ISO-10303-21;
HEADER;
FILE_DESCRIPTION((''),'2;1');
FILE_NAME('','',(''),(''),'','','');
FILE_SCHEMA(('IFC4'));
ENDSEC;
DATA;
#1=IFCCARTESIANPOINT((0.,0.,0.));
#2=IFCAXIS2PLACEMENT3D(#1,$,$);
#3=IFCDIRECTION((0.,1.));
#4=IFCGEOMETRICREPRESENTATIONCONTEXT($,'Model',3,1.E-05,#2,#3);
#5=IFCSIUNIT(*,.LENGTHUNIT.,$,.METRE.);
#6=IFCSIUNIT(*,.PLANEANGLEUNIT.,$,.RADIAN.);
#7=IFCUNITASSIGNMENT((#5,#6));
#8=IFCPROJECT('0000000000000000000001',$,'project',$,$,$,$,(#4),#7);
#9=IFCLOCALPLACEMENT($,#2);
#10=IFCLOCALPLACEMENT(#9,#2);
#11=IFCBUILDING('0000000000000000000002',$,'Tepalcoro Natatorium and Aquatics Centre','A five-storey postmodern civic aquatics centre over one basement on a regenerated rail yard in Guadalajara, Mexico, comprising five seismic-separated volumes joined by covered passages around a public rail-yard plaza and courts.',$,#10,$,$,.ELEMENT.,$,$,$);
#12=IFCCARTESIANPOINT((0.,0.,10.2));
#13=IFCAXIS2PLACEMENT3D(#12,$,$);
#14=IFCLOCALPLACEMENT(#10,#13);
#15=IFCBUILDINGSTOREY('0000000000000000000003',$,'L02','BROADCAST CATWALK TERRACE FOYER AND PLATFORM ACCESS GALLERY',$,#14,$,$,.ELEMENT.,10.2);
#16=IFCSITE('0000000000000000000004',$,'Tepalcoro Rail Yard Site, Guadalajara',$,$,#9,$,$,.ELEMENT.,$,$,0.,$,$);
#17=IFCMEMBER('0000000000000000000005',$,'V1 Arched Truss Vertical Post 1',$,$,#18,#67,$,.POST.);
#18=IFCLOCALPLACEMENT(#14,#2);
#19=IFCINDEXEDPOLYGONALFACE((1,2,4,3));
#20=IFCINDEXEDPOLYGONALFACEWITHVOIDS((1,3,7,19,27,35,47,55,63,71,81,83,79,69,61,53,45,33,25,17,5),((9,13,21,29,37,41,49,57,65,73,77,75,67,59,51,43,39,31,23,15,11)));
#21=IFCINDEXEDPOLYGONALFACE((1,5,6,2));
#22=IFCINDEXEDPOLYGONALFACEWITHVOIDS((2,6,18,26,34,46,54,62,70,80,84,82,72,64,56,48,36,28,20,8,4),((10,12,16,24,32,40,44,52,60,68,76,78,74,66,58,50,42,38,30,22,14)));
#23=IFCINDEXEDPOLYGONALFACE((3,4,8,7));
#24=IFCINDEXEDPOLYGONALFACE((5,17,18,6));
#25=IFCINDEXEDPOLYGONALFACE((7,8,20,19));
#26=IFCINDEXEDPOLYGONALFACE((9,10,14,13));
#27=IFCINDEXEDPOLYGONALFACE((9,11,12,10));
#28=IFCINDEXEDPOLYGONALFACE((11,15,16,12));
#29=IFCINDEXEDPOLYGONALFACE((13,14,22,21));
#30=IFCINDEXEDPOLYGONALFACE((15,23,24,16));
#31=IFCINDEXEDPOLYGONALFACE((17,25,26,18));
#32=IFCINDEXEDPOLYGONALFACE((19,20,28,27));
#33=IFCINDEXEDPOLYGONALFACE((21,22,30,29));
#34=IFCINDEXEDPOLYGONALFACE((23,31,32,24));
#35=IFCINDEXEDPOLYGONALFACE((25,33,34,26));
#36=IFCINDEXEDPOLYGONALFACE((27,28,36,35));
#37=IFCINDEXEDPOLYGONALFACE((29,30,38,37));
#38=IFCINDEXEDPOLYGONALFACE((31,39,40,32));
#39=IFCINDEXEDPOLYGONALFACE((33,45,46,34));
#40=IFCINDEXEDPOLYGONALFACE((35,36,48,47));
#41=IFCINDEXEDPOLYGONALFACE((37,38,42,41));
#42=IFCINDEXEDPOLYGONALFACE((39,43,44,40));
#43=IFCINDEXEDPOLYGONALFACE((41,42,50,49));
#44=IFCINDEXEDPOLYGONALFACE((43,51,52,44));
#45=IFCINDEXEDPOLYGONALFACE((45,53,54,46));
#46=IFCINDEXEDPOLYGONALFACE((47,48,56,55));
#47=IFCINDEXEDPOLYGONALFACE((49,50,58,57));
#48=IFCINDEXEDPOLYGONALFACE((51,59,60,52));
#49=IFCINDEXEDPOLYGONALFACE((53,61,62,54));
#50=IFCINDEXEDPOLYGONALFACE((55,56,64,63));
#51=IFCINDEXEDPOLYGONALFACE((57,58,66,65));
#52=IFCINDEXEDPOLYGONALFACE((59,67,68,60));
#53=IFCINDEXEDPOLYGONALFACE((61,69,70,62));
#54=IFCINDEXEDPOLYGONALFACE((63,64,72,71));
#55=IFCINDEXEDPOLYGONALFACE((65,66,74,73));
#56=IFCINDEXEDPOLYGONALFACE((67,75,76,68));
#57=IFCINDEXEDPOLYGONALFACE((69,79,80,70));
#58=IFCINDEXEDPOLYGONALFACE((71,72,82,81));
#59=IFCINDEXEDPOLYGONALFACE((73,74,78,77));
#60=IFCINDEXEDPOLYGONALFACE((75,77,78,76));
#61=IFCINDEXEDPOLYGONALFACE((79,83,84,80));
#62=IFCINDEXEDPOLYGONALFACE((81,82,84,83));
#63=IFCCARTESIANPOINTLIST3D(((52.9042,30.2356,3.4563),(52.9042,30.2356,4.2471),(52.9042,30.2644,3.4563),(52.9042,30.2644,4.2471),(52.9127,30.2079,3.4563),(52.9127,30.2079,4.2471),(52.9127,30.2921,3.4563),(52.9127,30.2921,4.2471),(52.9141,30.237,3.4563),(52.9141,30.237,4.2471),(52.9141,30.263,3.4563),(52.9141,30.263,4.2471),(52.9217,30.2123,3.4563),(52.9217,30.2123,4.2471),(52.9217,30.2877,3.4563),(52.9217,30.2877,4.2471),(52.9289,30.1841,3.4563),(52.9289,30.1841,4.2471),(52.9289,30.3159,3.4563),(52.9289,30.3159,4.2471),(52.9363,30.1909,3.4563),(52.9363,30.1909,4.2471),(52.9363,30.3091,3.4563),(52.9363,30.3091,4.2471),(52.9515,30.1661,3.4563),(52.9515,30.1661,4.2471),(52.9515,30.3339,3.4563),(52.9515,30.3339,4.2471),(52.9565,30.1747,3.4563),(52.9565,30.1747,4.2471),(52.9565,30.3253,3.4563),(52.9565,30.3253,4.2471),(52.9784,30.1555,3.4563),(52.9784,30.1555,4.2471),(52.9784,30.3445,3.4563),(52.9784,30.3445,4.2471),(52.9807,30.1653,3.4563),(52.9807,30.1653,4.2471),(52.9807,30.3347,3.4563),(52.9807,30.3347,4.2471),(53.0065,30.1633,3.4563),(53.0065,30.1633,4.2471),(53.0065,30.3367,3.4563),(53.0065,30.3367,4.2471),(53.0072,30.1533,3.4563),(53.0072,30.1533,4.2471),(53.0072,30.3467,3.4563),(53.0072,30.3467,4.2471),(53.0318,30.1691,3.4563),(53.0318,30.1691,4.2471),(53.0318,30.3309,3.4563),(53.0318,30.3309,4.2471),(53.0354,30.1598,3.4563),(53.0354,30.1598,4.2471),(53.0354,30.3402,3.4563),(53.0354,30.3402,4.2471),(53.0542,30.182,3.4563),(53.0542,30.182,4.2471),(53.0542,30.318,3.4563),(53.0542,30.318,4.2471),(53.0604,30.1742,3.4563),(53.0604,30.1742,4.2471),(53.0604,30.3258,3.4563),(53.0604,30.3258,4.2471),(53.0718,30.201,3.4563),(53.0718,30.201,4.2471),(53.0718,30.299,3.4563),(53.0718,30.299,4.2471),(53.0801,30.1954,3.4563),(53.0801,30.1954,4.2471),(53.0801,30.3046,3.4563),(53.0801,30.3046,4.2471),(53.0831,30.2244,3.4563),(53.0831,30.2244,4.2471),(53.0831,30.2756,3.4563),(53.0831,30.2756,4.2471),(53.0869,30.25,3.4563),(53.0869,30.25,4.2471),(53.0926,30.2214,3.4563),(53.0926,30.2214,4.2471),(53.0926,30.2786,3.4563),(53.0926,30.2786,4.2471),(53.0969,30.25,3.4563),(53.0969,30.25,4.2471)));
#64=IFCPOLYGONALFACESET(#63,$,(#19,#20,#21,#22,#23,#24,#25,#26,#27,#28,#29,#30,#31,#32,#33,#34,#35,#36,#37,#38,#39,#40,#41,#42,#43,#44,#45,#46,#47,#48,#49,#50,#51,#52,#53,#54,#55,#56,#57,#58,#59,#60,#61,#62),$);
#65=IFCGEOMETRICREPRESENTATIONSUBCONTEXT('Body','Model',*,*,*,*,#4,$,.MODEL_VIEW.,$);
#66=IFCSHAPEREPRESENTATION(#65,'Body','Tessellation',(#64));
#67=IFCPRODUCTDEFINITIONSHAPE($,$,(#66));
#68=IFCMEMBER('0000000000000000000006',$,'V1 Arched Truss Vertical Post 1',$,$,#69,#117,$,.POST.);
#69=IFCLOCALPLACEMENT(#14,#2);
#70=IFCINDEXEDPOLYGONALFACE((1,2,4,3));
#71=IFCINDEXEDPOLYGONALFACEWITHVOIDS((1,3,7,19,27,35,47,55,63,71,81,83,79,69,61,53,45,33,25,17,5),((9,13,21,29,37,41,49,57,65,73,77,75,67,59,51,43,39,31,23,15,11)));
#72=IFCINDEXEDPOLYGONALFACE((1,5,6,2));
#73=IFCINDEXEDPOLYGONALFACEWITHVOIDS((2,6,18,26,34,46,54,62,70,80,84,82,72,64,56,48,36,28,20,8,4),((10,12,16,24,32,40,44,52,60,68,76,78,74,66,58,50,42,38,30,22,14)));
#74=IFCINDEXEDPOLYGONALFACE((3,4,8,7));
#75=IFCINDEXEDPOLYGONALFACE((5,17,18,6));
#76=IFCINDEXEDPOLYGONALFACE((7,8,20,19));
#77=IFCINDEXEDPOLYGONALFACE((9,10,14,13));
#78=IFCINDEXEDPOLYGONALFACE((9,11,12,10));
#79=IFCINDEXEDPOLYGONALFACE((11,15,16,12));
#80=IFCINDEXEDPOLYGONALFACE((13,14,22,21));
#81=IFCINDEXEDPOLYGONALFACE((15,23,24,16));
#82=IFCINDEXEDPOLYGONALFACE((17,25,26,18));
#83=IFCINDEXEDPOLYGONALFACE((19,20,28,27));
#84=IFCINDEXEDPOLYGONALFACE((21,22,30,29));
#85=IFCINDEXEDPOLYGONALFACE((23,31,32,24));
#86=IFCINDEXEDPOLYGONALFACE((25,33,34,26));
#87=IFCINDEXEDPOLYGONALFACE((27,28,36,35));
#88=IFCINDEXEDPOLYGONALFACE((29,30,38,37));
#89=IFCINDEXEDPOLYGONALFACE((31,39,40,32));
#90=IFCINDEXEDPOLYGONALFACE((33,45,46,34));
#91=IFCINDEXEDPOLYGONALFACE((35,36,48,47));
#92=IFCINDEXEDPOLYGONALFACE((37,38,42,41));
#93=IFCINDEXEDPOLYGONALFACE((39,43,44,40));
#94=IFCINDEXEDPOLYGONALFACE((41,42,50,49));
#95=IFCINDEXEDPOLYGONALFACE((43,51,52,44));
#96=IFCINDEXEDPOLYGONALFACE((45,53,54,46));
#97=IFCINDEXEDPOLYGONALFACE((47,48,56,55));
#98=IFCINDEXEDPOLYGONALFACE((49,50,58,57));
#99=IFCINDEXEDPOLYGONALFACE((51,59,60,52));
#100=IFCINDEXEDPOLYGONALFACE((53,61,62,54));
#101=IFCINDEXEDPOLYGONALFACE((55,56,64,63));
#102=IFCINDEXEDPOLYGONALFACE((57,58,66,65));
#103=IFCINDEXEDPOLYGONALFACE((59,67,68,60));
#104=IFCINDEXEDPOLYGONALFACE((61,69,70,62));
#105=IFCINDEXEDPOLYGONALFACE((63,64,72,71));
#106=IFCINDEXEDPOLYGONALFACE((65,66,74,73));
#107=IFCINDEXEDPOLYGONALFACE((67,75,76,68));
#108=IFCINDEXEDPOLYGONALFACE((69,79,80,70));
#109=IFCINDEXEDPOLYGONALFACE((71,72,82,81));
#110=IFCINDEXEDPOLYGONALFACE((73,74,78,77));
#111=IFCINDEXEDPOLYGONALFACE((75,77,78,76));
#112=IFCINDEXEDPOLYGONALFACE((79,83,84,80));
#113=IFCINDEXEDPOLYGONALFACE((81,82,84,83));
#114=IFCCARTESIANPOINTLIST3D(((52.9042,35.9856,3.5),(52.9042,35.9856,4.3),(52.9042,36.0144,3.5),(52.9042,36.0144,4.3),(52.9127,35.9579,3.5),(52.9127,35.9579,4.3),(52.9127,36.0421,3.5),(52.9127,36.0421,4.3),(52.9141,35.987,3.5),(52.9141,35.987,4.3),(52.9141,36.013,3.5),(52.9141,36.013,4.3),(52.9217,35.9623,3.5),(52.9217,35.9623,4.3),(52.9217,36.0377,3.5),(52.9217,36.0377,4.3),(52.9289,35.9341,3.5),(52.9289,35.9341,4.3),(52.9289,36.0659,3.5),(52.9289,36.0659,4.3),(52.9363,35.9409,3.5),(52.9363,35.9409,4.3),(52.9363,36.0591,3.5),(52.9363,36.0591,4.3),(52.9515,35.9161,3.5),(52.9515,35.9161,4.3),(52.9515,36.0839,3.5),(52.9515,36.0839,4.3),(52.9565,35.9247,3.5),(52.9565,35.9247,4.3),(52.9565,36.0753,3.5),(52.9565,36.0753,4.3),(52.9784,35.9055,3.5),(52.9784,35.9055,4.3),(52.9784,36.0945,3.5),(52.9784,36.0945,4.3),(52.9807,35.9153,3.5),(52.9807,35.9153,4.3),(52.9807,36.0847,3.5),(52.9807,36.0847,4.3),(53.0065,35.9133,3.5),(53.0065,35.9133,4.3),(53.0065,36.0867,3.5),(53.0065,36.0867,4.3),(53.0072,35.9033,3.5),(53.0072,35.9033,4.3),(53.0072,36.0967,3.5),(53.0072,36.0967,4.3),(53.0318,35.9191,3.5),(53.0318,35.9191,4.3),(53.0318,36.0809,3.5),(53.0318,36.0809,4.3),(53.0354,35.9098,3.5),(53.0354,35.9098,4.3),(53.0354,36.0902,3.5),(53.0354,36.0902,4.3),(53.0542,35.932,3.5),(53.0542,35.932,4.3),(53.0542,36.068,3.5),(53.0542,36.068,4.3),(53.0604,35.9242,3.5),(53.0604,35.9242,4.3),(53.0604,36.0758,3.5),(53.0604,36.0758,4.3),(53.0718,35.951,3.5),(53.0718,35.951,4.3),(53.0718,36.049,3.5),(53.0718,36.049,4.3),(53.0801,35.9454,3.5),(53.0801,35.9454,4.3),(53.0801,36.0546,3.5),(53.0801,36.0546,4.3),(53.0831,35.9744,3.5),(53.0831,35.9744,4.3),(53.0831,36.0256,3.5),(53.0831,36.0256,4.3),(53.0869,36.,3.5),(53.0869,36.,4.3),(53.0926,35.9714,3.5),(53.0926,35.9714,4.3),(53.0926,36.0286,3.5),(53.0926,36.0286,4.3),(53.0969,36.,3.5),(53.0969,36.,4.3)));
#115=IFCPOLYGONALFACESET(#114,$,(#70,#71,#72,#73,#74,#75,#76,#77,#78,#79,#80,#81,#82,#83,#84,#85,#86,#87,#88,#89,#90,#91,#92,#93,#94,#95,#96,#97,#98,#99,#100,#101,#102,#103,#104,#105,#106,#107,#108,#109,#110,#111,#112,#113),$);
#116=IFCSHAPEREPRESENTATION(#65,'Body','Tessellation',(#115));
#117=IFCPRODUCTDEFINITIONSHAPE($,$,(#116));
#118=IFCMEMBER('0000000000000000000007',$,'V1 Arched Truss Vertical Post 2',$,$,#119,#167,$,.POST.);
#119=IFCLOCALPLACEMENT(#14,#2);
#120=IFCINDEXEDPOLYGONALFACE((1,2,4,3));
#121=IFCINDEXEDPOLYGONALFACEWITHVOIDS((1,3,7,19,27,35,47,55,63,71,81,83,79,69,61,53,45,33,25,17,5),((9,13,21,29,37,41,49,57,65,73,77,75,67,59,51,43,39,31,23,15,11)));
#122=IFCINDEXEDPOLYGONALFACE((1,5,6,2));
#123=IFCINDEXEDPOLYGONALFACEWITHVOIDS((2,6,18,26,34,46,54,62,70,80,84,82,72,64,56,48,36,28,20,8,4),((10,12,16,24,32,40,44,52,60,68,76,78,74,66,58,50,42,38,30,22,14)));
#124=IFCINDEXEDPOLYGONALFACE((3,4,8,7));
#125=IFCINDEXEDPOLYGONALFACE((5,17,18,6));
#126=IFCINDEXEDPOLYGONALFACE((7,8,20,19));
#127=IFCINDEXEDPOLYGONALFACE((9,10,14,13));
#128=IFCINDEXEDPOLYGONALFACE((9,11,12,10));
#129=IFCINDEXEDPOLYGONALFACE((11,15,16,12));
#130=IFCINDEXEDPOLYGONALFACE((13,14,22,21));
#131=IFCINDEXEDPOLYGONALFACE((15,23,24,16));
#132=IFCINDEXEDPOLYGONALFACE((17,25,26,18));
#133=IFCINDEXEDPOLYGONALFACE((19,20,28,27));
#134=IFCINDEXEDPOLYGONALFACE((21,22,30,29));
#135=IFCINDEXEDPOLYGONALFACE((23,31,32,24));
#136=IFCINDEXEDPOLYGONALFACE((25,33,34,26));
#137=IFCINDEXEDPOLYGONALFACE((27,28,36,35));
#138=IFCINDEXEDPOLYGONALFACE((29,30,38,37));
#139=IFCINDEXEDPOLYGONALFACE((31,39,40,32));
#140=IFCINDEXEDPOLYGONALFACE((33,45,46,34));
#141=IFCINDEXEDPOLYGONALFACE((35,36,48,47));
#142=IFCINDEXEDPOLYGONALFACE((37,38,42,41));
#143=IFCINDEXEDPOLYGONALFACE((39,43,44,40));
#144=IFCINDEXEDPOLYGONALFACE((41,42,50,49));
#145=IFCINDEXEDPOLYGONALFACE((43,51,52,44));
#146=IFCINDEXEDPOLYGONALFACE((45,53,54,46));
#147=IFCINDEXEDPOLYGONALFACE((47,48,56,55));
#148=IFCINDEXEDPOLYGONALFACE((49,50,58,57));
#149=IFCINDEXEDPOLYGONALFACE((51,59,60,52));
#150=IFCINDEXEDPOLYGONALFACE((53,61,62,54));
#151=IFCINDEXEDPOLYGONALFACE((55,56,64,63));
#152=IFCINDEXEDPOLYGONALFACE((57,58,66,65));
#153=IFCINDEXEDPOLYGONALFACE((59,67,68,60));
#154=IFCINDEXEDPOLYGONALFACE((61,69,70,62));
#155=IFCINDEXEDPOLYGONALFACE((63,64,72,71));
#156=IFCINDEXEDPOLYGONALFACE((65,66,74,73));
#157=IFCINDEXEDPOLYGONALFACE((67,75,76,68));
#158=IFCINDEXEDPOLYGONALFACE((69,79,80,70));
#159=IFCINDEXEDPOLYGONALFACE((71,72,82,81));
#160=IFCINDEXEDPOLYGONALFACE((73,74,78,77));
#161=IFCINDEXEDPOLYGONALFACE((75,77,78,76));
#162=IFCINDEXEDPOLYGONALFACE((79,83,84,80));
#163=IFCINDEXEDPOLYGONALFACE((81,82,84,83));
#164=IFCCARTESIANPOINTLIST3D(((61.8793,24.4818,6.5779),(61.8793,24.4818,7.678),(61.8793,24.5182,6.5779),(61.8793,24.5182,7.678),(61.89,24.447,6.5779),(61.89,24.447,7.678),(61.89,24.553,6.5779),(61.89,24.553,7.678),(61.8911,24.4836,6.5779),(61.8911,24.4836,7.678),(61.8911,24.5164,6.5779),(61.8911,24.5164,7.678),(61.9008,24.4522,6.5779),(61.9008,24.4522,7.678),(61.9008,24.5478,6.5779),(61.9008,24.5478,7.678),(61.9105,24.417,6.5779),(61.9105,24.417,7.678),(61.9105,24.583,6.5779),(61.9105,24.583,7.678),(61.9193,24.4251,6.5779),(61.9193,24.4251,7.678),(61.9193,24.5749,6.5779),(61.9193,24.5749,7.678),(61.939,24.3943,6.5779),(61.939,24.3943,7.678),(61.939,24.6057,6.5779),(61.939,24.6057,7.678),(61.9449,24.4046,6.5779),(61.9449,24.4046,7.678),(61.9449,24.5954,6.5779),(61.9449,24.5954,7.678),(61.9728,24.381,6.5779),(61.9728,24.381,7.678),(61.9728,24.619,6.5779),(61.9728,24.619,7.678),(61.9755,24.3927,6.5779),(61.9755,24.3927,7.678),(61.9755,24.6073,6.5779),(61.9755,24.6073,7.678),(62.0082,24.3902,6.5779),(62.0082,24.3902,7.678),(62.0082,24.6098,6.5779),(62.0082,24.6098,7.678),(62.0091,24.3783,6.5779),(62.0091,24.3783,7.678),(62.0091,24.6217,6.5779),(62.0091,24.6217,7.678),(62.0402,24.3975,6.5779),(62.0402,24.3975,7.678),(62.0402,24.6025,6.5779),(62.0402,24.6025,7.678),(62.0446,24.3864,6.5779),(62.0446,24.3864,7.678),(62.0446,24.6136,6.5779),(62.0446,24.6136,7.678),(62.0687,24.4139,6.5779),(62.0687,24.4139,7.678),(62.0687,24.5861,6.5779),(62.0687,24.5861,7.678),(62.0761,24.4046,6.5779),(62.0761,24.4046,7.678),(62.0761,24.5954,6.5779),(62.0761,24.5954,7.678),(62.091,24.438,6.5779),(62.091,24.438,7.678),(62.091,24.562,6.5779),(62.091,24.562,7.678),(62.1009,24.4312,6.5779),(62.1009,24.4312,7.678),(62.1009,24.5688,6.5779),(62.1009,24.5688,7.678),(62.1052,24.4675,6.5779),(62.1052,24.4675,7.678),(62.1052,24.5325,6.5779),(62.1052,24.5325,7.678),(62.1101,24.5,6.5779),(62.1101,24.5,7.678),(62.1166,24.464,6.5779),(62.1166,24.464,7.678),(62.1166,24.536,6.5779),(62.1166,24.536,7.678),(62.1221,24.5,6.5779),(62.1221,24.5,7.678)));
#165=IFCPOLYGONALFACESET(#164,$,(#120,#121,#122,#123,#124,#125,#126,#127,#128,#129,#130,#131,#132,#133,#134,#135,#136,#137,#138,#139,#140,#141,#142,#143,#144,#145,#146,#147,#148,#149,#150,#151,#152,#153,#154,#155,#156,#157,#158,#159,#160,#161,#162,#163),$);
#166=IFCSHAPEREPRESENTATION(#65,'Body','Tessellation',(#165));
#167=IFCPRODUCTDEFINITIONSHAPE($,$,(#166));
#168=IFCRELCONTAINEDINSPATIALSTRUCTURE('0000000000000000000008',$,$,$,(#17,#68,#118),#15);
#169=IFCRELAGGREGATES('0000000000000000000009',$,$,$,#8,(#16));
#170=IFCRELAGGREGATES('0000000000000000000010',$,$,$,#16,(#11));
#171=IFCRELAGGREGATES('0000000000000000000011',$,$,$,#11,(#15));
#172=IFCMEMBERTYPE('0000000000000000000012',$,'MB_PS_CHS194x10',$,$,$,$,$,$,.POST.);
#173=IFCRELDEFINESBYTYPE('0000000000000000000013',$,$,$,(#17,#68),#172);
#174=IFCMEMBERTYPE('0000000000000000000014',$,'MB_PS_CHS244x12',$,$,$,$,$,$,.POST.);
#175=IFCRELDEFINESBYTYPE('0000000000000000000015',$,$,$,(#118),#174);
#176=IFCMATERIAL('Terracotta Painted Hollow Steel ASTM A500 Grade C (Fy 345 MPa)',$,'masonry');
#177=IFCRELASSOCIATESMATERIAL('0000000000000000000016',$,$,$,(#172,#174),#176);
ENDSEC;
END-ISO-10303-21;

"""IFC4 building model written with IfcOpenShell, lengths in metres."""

from ifc_helpers import new_model, si_unit, direction, frame, origin, origin_2d, place, context, subcontext, project, spatial, hollow_circle, extrude, material, material_profile, profile_set, type_object, element, save


model = new_model("IFC4")

# Units and contexts
model_context = context("Model", 3, precision=1e-05, world=origin(), true_north=direction((0.0, 1.0)))
body_context = subcontext(model_context, "Body", "Model", "MODEL_VIEW")
ifc_project = project(units=[si_unit("LENGTHUNIT", "METRE"), si_unit("PLANEANGLEUNIT", "RADIAN")], contexts=[model_context])

# Site, building, storey
site_placement = place(None, origin())
site = spatial("IfcSite", under=ifc_project, at=site_placement, Name="Tepalcoro Rail Yard Site, Guadalajara", CompositionType="ELEMENT", RefElevation=0.0)
building_placement = place(site_placement, origin())
building = spatial("IfcBuilding", under=site, at=building_placement, Name="Tepalcoro Natatorium and Aquatics Centre", Description="A five-storey postmodern civic aquatics centre over one basement on a regenerated rail yard in Guadalajara, Mexico, comprising five seismic-separated volumes joined by covered passages around a public rail-yard plaza and courts.", CompositionType="ELEMENT")
storey_placement = place(building_placement, frame((0.0, 0.0, 10.2)))
storey = spatial("IfcBuildingStorey", under=building, at=storey_placement, Name="L02", Description="BROADCAST CATWALK TERRACE FOYER AND PLATFORM ACCESS GALLERY", CompositionType="ELEMENT", Elevation=10.2)

# Shared definitions
ifc_material_1 = material(Name="Terracotta Painted Hollow Steel ASTM A500 Grade C (Fy 345 MPa)", Category="masonry")

# Members
ifc_material_profile_1 = material_profile(ifc_material_1, hollow_circle(Radius=0.0969, WallThickness=0.01, at=origin_2d()), Name="CHS194X10")
ifc_profile_set_1 = profile_set([ifc_material_profile_1], Name="Terracotta Painted Hollow Steel ASTM A500 Grade C (Fy 345 MPa)")
member_type_1 = type_object("IfcMemberType", Name="MB_PS_CHS194x10", PredefinedType="POST", material=ifc_profile_set_1)
member_1_placement = place(storey_placement, frame((53.0, 30.25, 3.4563), z_axis=(0.0, 0.0, 1.0), x_axis=(1.0, 0.0, 0.0)))
element("IfcMember", 1, at=member_1_placement, inside=storey, type_object=member_type_1, Name="V1 Arched Truss Vertical Post 1", PredefinedType="POST", context=body_context, shape_type="SweptSolid", body=[
    extrude(hollow_circle(Radius=0.0969, WallThickness=0.01, at=origin_2d()), origin(), (0.0, 0.0, 1.0), 0.7908),
])
member_2_placement = place(storey_placement, frame((53.0, 36.0, 3.5), z_axis=(0.0, 0.0, 1.0), x_axis=(1.0, 0.0, 0.0)))
element("IfcMember", 2, at=member_2_placement, inside=storey, type_object=member_type_1, Name="V1 Arched Truss Vertical Post 1", PredefinedType="POST", context=body_context, shape_type="SweptSolid", body=[
    extrude(hollow_circle(Radius=0.0969, WallThickness=0.01, at=origin_2d()), origin(), (0.0, 0.0, 1.0), 0.8),
])
ifc_material_profile_2 = material_profile(ifc_material_1, hollow_circle(Radius=0.1221, WallThickness=0.012, at=origin_2d()), Name="CHS244X12")
ifc_profile_set_2 = profile_set([ifc_material_profile_2], Name="Terracotta Painted Hollow Steel ASTM A500 Grade C (Fy 345 MPa)")
member_type_2 = type_object("IfcMemberType", Name="MB_PS_CHS244x12", PredefinedType="POST", material=ifc_profile_set_2)
for number, where, z_axis, x_axis, name in (
    (3, (62.0, 24.5, 6.5779), (0.0, 0.0, 1.0), (1.0, 0.0, 0.0), "V1 Arched Truss Vertical Post 2"),
):
    element("IfcMember", number, at=place(storey_placement, frame(where, z_axis=z_axis, x_axis=x_axis)), inside=storey, type_object=member_type_2, Name=name, PredefinedType="POST", context=body_context, shape_type="SweptSolid", body=[
        extrude(hollow_circle(Radius=0.1221, WallThickness=0.012, at=origin_2d()), origin(), (0.0, 0.0, 1.0), 1.1001),
    ])

save(model, "model.ifc")
